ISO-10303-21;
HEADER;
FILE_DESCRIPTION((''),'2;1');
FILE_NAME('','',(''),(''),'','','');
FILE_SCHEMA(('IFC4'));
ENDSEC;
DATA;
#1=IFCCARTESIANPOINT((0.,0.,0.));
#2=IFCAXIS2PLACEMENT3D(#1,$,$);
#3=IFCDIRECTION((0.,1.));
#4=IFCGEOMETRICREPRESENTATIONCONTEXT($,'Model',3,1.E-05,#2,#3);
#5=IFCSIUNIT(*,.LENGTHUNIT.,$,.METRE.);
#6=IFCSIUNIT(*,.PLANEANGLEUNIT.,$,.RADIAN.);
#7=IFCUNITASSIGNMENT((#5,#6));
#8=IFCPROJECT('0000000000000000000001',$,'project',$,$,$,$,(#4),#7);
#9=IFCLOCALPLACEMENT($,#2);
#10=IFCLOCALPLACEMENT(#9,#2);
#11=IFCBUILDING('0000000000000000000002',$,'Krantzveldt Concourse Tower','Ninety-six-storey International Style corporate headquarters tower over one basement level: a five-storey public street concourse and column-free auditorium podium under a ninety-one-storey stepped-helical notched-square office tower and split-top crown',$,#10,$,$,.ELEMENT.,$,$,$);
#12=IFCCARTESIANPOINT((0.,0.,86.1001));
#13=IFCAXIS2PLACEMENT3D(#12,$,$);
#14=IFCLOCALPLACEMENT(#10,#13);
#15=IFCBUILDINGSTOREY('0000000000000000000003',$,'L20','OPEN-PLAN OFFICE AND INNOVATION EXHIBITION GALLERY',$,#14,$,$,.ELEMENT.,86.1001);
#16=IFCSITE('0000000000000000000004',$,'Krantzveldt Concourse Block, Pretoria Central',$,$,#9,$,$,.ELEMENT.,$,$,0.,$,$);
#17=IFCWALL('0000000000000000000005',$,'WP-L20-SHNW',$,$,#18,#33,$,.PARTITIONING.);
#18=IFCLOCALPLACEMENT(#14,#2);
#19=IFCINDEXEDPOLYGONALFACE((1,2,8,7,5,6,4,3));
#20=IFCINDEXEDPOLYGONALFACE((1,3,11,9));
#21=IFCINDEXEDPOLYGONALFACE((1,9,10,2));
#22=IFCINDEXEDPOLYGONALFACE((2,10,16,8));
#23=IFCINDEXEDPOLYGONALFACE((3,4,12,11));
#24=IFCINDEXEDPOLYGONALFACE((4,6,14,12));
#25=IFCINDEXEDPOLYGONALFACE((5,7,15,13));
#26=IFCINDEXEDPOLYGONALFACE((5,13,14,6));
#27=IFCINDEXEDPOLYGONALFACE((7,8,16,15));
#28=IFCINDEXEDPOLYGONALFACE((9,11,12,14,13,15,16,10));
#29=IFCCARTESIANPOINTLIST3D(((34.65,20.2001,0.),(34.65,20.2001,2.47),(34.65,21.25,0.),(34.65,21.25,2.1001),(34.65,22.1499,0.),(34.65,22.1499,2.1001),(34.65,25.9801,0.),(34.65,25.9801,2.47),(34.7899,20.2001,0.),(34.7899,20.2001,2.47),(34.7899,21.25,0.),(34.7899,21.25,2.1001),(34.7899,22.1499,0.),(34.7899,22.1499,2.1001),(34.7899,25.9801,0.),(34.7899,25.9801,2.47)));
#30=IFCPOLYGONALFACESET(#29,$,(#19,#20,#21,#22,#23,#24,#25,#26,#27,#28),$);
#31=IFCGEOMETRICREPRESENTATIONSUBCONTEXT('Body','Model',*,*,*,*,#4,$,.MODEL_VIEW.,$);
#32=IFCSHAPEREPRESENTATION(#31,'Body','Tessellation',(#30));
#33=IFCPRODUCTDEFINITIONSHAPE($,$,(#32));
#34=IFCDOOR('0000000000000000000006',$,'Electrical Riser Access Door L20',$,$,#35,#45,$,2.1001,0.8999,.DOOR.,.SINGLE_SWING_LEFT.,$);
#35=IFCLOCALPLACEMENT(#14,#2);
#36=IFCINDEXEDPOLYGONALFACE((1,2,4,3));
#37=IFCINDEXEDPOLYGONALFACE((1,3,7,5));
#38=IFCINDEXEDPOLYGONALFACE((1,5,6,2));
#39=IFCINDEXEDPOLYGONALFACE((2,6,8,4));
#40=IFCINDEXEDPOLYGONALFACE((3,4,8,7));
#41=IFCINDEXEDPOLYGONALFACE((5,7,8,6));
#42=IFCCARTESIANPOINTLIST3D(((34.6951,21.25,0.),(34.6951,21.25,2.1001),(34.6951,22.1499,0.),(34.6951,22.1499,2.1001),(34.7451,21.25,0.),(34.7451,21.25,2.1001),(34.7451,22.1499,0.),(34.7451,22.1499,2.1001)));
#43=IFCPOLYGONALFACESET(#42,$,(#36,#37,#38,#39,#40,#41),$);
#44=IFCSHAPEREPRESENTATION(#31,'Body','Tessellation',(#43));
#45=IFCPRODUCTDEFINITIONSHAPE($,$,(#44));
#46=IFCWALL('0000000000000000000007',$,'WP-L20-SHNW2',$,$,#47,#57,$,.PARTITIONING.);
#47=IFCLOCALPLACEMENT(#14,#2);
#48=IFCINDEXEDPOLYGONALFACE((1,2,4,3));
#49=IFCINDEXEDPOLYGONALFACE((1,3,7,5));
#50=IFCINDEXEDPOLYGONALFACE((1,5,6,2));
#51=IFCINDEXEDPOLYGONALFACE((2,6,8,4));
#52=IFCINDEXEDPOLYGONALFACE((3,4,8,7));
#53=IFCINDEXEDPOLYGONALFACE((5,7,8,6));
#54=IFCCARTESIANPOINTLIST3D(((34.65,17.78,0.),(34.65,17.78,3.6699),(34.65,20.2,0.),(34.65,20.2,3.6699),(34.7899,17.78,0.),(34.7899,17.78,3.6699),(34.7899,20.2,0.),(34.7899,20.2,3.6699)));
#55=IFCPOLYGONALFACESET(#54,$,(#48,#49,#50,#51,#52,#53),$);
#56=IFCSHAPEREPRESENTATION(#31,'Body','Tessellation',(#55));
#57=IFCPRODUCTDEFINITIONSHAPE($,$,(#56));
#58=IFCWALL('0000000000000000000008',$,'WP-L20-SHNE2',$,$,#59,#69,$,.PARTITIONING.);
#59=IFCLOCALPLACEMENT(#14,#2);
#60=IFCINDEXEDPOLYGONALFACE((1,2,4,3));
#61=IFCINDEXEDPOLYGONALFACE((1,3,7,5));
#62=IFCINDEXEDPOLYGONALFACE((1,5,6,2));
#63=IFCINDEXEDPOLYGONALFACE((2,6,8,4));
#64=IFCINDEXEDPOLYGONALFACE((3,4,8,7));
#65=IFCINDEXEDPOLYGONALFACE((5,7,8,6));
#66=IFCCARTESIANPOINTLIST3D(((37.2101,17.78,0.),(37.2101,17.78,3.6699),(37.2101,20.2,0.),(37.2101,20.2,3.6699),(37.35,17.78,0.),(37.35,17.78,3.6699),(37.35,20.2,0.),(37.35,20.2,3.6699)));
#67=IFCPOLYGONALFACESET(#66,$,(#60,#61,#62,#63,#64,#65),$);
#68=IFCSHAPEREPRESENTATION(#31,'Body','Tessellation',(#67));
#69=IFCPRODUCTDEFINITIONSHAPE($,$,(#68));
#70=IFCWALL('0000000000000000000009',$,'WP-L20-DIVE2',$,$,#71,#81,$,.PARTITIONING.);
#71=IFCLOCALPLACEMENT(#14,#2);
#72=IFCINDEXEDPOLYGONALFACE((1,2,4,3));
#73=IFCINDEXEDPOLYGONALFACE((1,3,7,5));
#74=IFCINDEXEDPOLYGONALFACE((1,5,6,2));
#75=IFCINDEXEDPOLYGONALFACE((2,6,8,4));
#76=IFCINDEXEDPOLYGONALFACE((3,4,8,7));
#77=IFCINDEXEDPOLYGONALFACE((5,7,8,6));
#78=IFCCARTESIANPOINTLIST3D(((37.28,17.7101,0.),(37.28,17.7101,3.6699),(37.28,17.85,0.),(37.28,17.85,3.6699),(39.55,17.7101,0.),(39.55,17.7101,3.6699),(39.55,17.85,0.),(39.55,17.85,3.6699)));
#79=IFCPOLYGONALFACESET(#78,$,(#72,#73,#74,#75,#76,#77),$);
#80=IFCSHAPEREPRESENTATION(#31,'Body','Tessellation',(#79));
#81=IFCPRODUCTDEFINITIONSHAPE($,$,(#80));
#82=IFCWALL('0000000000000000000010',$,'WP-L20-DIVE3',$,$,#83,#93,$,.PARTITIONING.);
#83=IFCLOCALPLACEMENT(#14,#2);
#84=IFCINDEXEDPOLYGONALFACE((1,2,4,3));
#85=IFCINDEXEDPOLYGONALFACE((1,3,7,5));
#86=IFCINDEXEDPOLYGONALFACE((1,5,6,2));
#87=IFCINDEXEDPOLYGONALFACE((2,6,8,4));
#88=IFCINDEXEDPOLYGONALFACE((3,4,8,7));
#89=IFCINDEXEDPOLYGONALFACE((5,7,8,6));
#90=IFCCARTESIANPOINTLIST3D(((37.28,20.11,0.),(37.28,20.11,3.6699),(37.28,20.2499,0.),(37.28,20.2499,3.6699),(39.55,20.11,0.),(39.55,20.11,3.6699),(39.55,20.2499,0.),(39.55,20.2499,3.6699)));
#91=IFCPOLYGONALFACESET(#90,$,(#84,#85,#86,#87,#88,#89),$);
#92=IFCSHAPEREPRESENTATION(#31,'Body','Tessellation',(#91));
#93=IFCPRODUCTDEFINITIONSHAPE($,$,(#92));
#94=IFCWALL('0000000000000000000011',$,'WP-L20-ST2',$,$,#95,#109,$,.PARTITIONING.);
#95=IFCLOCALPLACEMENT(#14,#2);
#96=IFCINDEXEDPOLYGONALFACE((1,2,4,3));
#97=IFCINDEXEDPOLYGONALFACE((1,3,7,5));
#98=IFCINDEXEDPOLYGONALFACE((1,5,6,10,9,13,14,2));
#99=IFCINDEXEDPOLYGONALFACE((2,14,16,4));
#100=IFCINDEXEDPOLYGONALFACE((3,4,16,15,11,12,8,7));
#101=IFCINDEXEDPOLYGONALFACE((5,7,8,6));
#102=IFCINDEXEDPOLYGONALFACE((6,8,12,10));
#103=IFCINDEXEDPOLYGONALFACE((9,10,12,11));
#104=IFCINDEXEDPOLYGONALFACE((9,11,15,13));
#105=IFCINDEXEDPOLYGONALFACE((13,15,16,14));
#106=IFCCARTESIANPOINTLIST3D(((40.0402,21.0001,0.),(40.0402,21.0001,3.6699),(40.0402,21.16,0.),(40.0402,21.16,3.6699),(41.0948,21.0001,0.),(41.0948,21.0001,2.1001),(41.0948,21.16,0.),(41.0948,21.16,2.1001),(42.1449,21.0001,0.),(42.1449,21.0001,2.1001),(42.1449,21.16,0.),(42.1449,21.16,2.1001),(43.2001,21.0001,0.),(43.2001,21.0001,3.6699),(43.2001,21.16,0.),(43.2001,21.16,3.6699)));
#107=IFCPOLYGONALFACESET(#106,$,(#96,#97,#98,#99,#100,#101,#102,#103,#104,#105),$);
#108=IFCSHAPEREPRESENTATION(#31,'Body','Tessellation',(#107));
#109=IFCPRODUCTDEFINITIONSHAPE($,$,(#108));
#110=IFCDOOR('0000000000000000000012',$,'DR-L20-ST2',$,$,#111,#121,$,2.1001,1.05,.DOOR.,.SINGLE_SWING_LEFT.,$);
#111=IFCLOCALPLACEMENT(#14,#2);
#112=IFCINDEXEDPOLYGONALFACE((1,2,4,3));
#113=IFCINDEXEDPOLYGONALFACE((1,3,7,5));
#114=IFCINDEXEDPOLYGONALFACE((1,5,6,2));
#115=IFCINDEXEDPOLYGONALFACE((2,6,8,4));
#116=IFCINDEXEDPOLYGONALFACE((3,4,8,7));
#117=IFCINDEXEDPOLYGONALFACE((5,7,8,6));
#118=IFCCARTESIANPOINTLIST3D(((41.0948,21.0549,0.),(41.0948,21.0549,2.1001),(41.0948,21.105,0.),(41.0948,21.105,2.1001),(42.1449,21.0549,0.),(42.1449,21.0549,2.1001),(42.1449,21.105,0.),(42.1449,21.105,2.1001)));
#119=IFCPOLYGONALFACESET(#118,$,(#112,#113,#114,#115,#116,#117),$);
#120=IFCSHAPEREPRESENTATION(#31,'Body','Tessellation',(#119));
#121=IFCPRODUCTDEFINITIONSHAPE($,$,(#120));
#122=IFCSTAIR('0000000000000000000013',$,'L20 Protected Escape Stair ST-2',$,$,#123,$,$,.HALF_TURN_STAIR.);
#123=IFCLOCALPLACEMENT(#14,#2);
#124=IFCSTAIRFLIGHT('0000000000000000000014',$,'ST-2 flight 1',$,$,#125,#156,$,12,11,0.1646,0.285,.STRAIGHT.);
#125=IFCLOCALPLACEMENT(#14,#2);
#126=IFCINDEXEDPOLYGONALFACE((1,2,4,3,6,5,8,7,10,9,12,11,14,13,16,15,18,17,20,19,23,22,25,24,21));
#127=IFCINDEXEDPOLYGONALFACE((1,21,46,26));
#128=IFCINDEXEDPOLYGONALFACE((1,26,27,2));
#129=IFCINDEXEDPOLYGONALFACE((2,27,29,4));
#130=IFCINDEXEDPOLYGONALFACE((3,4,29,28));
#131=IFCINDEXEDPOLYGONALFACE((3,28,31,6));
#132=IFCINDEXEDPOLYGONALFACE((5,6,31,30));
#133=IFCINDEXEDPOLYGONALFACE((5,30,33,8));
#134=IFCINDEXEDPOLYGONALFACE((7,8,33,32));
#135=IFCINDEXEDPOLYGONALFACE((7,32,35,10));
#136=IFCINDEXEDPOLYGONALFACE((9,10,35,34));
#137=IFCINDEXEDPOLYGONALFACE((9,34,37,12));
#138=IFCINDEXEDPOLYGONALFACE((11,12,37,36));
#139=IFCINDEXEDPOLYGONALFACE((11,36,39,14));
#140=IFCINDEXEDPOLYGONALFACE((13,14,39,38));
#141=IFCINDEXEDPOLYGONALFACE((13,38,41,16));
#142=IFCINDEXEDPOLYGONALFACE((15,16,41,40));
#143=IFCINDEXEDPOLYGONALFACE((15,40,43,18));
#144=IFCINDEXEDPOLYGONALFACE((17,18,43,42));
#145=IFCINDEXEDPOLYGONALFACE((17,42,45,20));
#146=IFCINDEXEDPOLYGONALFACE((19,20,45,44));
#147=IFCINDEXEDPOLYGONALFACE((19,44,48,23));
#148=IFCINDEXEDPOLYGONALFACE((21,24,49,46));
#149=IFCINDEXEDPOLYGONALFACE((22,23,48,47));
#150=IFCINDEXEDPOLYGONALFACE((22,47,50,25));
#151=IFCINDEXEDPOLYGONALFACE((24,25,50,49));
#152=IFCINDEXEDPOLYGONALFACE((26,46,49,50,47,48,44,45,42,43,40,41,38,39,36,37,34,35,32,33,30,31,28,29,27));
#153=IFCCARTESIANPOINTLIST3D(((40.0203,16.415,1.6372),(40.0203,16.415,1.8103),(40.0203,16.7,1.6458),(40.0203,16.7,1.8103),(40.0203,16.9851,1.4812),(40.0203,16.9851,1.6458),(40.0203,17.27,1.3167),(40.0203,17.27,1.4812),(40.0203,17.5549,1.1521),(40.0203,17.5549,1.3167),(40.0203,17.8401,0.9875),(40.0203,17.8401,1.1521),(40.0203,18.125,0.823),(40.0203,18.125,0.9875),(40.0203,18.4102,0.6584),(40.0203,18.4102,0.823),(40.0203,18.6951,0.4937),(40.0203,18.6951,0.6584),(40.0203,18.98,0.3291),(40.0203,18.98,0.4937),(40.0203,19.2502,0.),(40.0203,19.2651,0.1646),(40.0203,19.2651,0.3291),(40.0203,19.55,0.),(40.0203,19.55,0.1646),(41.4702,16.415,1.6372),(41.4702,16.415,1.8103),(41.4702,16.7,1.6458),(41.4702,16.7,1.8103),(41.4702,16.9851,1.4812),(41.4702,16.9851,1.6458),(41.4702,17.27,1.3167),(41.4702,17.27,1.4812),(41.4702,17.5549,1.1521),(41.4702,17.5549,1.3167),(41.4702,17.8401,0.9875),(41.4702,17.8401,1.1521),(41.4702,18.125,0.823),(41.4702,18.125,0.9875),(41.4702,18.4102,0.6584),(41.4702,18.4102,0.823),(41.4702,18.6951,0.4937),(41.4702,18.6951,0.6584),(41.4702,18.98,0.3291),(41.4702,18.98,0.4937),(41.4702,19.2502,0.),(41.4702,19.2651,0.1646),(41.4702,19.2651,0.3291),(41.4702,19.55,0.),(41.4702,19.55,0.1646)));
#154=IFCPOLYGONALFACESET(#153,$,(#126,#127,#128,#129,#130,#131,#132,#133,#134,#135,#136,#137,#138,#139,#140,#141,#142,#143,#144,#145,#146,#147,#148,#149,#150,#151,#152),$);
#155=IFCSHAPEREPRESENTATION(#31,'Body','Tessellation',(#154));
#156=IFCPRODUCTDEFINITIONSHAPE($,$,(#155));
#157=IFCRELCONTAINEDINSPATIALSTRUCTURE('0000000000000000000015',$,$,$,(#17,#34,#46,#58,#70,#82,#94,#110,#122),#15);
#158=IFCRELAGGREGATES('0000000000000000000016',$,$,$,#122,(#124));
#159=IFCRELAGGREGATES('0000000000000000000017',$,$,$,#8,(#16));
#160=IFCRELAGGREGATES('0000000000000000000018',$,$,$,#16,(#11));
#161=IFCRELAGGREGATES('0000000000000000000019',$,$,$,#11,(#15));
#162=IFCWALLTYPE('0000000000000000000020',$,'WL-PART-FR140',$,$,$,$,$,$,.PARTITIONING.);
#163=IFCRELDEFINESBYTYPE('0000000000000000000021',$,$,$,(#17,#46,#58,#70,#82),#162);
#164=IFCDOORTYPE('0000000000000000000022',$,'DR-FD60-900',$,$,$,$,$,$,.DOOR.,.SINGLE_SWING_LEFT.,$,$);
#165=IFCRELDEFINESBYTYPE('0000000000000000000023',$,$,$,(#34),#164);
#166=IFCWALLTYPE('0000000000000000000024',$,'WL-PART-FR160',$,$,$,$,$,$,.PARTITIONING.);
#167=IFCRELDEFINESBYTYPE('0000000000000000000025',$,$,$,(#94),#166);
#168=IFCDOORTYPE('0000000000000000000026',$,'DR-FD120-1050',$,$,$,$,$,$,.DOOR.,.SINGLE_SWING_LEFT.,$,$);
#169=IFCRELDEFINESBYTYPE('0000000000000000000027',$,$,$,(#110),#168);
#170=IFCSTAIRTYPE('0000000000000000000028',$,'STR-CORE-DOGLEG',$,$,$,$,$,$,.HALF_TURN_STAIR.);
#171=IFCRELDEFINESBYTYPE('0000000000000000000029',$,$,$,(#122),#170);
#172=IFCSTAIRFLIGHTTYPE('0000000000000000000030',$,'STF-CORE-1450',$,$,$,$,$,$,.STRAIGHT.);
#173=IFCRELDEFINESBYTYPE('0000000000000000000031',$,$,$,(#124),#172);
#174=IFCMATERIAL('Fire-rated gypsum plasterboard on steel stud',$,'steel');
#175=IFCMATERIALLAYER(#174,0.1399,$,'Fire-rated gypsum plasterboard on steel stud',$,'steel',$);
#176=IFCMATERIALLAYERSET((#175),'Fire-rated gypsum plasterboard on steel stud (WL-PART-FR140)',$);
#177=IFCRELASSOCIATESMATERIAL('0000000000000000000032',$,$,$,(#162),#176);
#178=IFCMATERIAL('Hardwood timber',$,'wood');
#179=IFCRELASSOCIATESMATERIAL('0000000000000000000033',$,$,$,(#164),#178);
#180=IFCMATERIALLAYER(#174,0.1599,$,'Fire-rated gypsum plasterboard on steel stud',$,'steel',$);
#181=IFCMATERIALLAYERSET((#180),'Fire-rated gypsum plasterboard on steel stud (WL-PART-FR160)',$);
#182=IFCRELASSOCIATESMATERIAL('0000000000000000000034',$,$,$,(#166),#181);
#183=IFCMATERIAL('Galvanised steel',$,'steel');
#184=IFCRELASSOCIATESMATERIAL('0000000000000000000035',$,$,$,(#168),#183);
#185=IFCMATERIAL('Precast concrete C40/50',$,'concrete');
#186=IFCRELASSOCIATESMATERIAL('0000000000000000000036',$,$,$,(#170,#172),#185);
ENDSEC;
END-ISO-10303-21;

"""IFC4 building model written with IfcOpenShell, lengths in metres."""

from ifc_helpers import new_model, si_unit, direction, frame, frame_2d, origin, place, context, subcontext, project, spatial, polyline, rectangle, outline, extrude, material, layer, layer_set, type_object, element, fill, aggregate, save


model = new_model("IFC4")

# Units and contexts
model_context = context("Model", 3, precision=1e-05, world=origin(), true_north=direction((0.0, 1.0)))
body_context = subcontext(model_context, "Body", "Model", "MODEL_VIEW")
ifc_project = project(units=[si_unit("LENGTHUNIT", "METRE"), si_unit("PLANEANGLEUNIT", "RADIAN")], contexts=[model_context])

# Site, building, storey
site_placement = place(None, origin())
site = spatial("IfcSite", under=ifc_project, at=site_placement, Name="Krantzveldt Concourse Block, Pretoria Central", CompositionType="ELEMENT", RefElevation=0.0)
building_placement = place(site_placement, origin())
building = spatial("IfcBuilding", under=site, at=building_placement, Name="Krantzveldt Concourse Tower", Description="Ninety-six-storey International Style corporate headquarters tower over one basement level: a five-storey public street concourse and column-free auditorium podium under a ninety-one-storey stepped-helical notched-square office tower and split-top crown", CompositionType="ELEMENT")
storey_placement = place(building_placement, frame((0.0, 0.0, 86.1001)))
storey = spatial("IfcBuildingStorey", under=building, at=storey_placement, Name="L20", Description="OPEN-PLAN OFFICE AND INNOVATION EXHIBITION GALLERY", CompositionType="ELEMENT", Elevation=86.1001)

# Wall, opening, door
ifc_material_1 = material(Name="Fire-rated gypsum plasterboard on steel stud", Category="steel")
ifc_layer_1 = layer(ifc_material_1, 0.1399, Name="Fire-rated gypsum plasterboard on steel stud", Category="steel")
ifc_layer_set_1 = layer_set([ifc_layer_1], Name="Fire-rated gypsum plasterboard on steel stud (WL-PART-FR140)")
wall_type_1 = type_object("IfcWallType", Name="WL-PART-FR140", PredefinedType="PARTITIONING", material=ifc_layer_set_1)
wall_1_placement = place(storey_placement, frame((34.72, 20.2, 0.0), z_axis=(0.0, 0.0, 1.0), x_axis=(0.0, 1.0, 0.0)))
wall_1 = element("IfcWall", 1, at=wall_1_placement, inside=storey, type_object=wall_type_1, Name="WP-L20-SHNW", PredefinedType="PARTITIONING", context=body_context, shape_type="SweptSolid", body=[
    extrude(rectangle(XDim=5.78, YDim=0.1399, at=frame_2d((2.8901, 0.0))), origin(), (0.0, 0.0, 1.0), 2.47),
])
opening_1_placement = place(wall_1_placement, frame((1.05, 0.0, 0.0)))
opening_1 = element("IfcOpeningElement", 2, at=opening_1_placement, cuts=wall_1, PredefinedType="OPENING", context=body_context, shape_type="SweptSolid", body=[
    extrude(rectangle(XDim=0.8999, YDim=2.1001, at=frame_2d((0.45, 1.05))), frame((0.0, 0.0801, 0.0), z_axis=(0.0, -1.0, 0.0), x_axis=(1.0, 0.0, 0.0)), (0.0, 0.0, 1.0), 0.1599),
])
ifc_material_2 = material(Name="Hardwood timber", Category="wood")
door_type_1 = type_object("IfcDoorType", Name="DR-FD60-900", OperationType="SINGLE_SWING_LEFT", PredefinedType="DOOR", material=ifc_material_2)
door_1_placement = place(opening_1_placement, origin())
door_1 = element("IfcDoor", 3, at=door_1_placement, inside=storey, type_object=door_type_1, Name="Electrical Riser Access Door L20", OperationType="SINGLE_SWING_LEFT", OverallHeight=2.1001, OverallWidth=0.8999, PredefinedType="DOOR", context=body_context, shape_type="SweptSolid", body=[
    extrude(rectangle(XDim=0.8999, YDim=2.1001, at=frame_2d((0.45, 1.05))), frame((0.0, 0.0249, 0.0), z_axis=(0.0, -1.0, 0.0), x_axis=(1.0, 0.0, 0.0)), (0.0, 0.0, 1.0), 0.05),
])
fill(opening_1, door_1)

# Walls
for number, where, z_axis, x_axis, name in (
    (4, (34.72, 17.78, 0.0), (0.0, 0.0, 1.0), (0.0, 1.0, 0.0), "WP-L20-SHNW2"),
    (5, (37.28, 17.78, 0.0), (0.0, 0.0, 1.0), (0.0, 1.0, 0.0), "WP-L20-SHNE2"),
):
    element("IfcWall", number, at=place(storey_placement, frame(where, z_axis=z_axis, x_axis=x_axis)), inside=storey, type_object=wall_type_1, Name=name, PredefinedType="PARTITIONING", context=body_context, shape_type="SweptSolid", body=[
        extrude(rectangle(XDim=2.4199, YDim=0.1399, at=frame_2d((1.21, 0.0))), origin(), (0.0, 0.0, 1.0), 3.6699),
    ])
for number, where, z_axis, x_axis, name in (
    (6, (37.28, 17.78, 0.0), (0.0, 0.0, 1.0), (1.0, 0.0, 0.0), "WP-L20-DIVE2"),
    (7, (37.28, 20.1799, 0.0), (0.0, 0.0, 1.0), (1.0, 0.0, 0.0), "WP-L20-DIVE3"),
):
    element("IfcWall", number, at=place(storey_placement, frame(where, z_axis=z_axis, x_axis=x_axis)), inside=storey, type_object=wall_type_1, Name=name, PredefinedType="PARTITIONING", context=body_context, shape_type="SweptSolid", body=[
        extrude(rectangle(XDim=2.27, YDim=0.1399, at=frame_2d((1.135, 0.0))), origin(), (0.0, 0.0, 1.0), 3.6699),
    ])

# Wall, opening, door
ifc_layer_2 = layer(ifc_material_1, 0.1599, Name="Fire-rated gypsum plasterboard on steel stud", Category="steel")
ifc_layer_set_2 = layer_set([ifc_layer_2], Name="Fire-rated gypsum plasterboard on steel stud (WL-PART-FR160)")
wall_type_2 = type_object("IfcWallType", Name="WL-PART-FR160", PredefinedType="PARTITIONING", material=ifc_layer_set_2)
wall_2_placement = place(storey_placement, frame((40.04, 21.0801, 0.0), z_axis=(0.0, 0.0, 1.0), x_axis=(1.0, 0.0, 0.0)))
wall_2 = element("IfcWall", 8, at=wall_2_placement, inside=storey, type_object=wall_type_2, Name="WP-L20-ST2", PredefinedType="PARTITIONING", context=body_context, shape_type="SweptSolid", body=[
    extrude(rectangle(XDim=3.1599, YDim=0.1599, at=frame_2d((1.5801, 0.0))), origin(), (0.0, 0.0, 1.0), 3.6699),
])
opening_2_placement = place(wall_2_placement, frame((1.0549, 0.0, 0.0)))
opening_2 = element("IfcOpeningElement", 9, at=opening_2_placement, cuts=wall_2, PredefinedType="OPENING", context=body_context, shape_type="SweptSolid", body=[
    extrude(rectangle(XDim=1.05, YDim=2.1001, at=frame_2d((0.5249, 1.05))), frame((0.0, 0.0898, 0.0), z_axis=(0.0, -1.0, 0.0), x_axis=(1.0, 0.0, 0.0)), (0.0, 0.0, 1.0), 0.1799),
])
ifc_material_3 = material(Name="Galvanised steel", Category="steel")
door_type_2 = type_object("IfcDoorType", Name="DR-FD120-1050", OperationType="SINGLE_SWING_LEFT", PredefinedType="DOOR", material=ifc_material_3)
door_2_placement = place(opening_2_placement, origin())
door_2 = element("IfcDoor", 10, at=door_2_placement, inside=storey, type_object=door_type_2, Name="DR-L20-ST2", OperationType="SINGLE_SWING_LEFT", OverallHeight=2.1001, OverallWidth=1.05, PredefinedType="DOOR", context=body_context, shape_type="SweptSolid", body=[
    extrude(rectangle(XDim=1.05, YDim=2.1001, at=frame_2d((0.5249, 1.05))), frame((0.0, 0.0249, 0.0), z_axis=(0.0, -1.0, 0.0), x_axis=(1.0, 0.0, 0.0)), (0.0, 0.0, 1.0), 0.05),
])
fill(opening_2, door_2)

# Stair, stair flight
ifc_material_4 = material(Name="Precast concrete C40/50", Category="concrete")
stair_type = type_object("IfcStairType", Name="STR-CORE-DOGLEG", PredefinedType="HALF_TURN_STAIR", material=ifc_material_4)
stair_placement = place(storey_placement, origin())
stair = element("IfcStair", 11, at=stair_placement, inside=storey, type_object=stair_type, Name="L20 Protected Escape Stair ST-2", PredefinedType="HALF_TURN_STAIR")
stair_flight_type = type_object("IfcStairFlightType", Name="STF-CORE-1450", PredefinedType="STRAIGHT", material=ifc_material_4)
stair_flight_1_placement = place(storey_placement, frame((40.7451, 19.55, 0.0), z_axis=(0.0, 0.0, 1.0), x_axis=(0.0, -1.0, 0.0)))
stair_flight_1 = element("IfcStairFlight", 12, at=stair_flight_1_placement, type_object=stair_flight_type, Name="ST-2 flight 1", NumberOfRisers=12, NumberOfTreads=11, PredefinedType="STRAIGHT", RiserHeight=0.1646, TreadLength=0.285, context=body_context, shape_type="SweptSolid", body=[
    extrude(outline(polyline([(0.0, 0.0), (0.0, 0.1646), (0.2849, 0.1646), (0.2849, 0.3291), (0.5701, 0.3291), (0.5701, 0.4937), (0.855, 0.4937), (0.855, 0.6584), (1.1399, 0.6584), (1.1399, 0.823), (1.425, 0.823), (1.425, 0.9875), (1.71, 0.9875), (1.71, 1.1521), (1.9951, 1.1521), (1.9951, 1.3167), (2.28, 1.3167), (2.28, 1.4812), (2.5649, 1.4812), (2.5649, 1.6458), (2.8501, 1.6458), (2.8501, 1.8103), (3.135, 1.8103), (3.135, 1.9751), (3.135, 1.6372), (0.2998, 0.0), (0.0, 0.0)])), frame((0.0, 0.7251, 0.0), z_axis=(0.0, -1.0, 0.0), x_axis=(1.0, 0.0, 0.0)), (0.0, 0.0, 1.0), 1.45),
])
aggregate(stair, [stair_flight_1])

save(model, "model.ifc")
